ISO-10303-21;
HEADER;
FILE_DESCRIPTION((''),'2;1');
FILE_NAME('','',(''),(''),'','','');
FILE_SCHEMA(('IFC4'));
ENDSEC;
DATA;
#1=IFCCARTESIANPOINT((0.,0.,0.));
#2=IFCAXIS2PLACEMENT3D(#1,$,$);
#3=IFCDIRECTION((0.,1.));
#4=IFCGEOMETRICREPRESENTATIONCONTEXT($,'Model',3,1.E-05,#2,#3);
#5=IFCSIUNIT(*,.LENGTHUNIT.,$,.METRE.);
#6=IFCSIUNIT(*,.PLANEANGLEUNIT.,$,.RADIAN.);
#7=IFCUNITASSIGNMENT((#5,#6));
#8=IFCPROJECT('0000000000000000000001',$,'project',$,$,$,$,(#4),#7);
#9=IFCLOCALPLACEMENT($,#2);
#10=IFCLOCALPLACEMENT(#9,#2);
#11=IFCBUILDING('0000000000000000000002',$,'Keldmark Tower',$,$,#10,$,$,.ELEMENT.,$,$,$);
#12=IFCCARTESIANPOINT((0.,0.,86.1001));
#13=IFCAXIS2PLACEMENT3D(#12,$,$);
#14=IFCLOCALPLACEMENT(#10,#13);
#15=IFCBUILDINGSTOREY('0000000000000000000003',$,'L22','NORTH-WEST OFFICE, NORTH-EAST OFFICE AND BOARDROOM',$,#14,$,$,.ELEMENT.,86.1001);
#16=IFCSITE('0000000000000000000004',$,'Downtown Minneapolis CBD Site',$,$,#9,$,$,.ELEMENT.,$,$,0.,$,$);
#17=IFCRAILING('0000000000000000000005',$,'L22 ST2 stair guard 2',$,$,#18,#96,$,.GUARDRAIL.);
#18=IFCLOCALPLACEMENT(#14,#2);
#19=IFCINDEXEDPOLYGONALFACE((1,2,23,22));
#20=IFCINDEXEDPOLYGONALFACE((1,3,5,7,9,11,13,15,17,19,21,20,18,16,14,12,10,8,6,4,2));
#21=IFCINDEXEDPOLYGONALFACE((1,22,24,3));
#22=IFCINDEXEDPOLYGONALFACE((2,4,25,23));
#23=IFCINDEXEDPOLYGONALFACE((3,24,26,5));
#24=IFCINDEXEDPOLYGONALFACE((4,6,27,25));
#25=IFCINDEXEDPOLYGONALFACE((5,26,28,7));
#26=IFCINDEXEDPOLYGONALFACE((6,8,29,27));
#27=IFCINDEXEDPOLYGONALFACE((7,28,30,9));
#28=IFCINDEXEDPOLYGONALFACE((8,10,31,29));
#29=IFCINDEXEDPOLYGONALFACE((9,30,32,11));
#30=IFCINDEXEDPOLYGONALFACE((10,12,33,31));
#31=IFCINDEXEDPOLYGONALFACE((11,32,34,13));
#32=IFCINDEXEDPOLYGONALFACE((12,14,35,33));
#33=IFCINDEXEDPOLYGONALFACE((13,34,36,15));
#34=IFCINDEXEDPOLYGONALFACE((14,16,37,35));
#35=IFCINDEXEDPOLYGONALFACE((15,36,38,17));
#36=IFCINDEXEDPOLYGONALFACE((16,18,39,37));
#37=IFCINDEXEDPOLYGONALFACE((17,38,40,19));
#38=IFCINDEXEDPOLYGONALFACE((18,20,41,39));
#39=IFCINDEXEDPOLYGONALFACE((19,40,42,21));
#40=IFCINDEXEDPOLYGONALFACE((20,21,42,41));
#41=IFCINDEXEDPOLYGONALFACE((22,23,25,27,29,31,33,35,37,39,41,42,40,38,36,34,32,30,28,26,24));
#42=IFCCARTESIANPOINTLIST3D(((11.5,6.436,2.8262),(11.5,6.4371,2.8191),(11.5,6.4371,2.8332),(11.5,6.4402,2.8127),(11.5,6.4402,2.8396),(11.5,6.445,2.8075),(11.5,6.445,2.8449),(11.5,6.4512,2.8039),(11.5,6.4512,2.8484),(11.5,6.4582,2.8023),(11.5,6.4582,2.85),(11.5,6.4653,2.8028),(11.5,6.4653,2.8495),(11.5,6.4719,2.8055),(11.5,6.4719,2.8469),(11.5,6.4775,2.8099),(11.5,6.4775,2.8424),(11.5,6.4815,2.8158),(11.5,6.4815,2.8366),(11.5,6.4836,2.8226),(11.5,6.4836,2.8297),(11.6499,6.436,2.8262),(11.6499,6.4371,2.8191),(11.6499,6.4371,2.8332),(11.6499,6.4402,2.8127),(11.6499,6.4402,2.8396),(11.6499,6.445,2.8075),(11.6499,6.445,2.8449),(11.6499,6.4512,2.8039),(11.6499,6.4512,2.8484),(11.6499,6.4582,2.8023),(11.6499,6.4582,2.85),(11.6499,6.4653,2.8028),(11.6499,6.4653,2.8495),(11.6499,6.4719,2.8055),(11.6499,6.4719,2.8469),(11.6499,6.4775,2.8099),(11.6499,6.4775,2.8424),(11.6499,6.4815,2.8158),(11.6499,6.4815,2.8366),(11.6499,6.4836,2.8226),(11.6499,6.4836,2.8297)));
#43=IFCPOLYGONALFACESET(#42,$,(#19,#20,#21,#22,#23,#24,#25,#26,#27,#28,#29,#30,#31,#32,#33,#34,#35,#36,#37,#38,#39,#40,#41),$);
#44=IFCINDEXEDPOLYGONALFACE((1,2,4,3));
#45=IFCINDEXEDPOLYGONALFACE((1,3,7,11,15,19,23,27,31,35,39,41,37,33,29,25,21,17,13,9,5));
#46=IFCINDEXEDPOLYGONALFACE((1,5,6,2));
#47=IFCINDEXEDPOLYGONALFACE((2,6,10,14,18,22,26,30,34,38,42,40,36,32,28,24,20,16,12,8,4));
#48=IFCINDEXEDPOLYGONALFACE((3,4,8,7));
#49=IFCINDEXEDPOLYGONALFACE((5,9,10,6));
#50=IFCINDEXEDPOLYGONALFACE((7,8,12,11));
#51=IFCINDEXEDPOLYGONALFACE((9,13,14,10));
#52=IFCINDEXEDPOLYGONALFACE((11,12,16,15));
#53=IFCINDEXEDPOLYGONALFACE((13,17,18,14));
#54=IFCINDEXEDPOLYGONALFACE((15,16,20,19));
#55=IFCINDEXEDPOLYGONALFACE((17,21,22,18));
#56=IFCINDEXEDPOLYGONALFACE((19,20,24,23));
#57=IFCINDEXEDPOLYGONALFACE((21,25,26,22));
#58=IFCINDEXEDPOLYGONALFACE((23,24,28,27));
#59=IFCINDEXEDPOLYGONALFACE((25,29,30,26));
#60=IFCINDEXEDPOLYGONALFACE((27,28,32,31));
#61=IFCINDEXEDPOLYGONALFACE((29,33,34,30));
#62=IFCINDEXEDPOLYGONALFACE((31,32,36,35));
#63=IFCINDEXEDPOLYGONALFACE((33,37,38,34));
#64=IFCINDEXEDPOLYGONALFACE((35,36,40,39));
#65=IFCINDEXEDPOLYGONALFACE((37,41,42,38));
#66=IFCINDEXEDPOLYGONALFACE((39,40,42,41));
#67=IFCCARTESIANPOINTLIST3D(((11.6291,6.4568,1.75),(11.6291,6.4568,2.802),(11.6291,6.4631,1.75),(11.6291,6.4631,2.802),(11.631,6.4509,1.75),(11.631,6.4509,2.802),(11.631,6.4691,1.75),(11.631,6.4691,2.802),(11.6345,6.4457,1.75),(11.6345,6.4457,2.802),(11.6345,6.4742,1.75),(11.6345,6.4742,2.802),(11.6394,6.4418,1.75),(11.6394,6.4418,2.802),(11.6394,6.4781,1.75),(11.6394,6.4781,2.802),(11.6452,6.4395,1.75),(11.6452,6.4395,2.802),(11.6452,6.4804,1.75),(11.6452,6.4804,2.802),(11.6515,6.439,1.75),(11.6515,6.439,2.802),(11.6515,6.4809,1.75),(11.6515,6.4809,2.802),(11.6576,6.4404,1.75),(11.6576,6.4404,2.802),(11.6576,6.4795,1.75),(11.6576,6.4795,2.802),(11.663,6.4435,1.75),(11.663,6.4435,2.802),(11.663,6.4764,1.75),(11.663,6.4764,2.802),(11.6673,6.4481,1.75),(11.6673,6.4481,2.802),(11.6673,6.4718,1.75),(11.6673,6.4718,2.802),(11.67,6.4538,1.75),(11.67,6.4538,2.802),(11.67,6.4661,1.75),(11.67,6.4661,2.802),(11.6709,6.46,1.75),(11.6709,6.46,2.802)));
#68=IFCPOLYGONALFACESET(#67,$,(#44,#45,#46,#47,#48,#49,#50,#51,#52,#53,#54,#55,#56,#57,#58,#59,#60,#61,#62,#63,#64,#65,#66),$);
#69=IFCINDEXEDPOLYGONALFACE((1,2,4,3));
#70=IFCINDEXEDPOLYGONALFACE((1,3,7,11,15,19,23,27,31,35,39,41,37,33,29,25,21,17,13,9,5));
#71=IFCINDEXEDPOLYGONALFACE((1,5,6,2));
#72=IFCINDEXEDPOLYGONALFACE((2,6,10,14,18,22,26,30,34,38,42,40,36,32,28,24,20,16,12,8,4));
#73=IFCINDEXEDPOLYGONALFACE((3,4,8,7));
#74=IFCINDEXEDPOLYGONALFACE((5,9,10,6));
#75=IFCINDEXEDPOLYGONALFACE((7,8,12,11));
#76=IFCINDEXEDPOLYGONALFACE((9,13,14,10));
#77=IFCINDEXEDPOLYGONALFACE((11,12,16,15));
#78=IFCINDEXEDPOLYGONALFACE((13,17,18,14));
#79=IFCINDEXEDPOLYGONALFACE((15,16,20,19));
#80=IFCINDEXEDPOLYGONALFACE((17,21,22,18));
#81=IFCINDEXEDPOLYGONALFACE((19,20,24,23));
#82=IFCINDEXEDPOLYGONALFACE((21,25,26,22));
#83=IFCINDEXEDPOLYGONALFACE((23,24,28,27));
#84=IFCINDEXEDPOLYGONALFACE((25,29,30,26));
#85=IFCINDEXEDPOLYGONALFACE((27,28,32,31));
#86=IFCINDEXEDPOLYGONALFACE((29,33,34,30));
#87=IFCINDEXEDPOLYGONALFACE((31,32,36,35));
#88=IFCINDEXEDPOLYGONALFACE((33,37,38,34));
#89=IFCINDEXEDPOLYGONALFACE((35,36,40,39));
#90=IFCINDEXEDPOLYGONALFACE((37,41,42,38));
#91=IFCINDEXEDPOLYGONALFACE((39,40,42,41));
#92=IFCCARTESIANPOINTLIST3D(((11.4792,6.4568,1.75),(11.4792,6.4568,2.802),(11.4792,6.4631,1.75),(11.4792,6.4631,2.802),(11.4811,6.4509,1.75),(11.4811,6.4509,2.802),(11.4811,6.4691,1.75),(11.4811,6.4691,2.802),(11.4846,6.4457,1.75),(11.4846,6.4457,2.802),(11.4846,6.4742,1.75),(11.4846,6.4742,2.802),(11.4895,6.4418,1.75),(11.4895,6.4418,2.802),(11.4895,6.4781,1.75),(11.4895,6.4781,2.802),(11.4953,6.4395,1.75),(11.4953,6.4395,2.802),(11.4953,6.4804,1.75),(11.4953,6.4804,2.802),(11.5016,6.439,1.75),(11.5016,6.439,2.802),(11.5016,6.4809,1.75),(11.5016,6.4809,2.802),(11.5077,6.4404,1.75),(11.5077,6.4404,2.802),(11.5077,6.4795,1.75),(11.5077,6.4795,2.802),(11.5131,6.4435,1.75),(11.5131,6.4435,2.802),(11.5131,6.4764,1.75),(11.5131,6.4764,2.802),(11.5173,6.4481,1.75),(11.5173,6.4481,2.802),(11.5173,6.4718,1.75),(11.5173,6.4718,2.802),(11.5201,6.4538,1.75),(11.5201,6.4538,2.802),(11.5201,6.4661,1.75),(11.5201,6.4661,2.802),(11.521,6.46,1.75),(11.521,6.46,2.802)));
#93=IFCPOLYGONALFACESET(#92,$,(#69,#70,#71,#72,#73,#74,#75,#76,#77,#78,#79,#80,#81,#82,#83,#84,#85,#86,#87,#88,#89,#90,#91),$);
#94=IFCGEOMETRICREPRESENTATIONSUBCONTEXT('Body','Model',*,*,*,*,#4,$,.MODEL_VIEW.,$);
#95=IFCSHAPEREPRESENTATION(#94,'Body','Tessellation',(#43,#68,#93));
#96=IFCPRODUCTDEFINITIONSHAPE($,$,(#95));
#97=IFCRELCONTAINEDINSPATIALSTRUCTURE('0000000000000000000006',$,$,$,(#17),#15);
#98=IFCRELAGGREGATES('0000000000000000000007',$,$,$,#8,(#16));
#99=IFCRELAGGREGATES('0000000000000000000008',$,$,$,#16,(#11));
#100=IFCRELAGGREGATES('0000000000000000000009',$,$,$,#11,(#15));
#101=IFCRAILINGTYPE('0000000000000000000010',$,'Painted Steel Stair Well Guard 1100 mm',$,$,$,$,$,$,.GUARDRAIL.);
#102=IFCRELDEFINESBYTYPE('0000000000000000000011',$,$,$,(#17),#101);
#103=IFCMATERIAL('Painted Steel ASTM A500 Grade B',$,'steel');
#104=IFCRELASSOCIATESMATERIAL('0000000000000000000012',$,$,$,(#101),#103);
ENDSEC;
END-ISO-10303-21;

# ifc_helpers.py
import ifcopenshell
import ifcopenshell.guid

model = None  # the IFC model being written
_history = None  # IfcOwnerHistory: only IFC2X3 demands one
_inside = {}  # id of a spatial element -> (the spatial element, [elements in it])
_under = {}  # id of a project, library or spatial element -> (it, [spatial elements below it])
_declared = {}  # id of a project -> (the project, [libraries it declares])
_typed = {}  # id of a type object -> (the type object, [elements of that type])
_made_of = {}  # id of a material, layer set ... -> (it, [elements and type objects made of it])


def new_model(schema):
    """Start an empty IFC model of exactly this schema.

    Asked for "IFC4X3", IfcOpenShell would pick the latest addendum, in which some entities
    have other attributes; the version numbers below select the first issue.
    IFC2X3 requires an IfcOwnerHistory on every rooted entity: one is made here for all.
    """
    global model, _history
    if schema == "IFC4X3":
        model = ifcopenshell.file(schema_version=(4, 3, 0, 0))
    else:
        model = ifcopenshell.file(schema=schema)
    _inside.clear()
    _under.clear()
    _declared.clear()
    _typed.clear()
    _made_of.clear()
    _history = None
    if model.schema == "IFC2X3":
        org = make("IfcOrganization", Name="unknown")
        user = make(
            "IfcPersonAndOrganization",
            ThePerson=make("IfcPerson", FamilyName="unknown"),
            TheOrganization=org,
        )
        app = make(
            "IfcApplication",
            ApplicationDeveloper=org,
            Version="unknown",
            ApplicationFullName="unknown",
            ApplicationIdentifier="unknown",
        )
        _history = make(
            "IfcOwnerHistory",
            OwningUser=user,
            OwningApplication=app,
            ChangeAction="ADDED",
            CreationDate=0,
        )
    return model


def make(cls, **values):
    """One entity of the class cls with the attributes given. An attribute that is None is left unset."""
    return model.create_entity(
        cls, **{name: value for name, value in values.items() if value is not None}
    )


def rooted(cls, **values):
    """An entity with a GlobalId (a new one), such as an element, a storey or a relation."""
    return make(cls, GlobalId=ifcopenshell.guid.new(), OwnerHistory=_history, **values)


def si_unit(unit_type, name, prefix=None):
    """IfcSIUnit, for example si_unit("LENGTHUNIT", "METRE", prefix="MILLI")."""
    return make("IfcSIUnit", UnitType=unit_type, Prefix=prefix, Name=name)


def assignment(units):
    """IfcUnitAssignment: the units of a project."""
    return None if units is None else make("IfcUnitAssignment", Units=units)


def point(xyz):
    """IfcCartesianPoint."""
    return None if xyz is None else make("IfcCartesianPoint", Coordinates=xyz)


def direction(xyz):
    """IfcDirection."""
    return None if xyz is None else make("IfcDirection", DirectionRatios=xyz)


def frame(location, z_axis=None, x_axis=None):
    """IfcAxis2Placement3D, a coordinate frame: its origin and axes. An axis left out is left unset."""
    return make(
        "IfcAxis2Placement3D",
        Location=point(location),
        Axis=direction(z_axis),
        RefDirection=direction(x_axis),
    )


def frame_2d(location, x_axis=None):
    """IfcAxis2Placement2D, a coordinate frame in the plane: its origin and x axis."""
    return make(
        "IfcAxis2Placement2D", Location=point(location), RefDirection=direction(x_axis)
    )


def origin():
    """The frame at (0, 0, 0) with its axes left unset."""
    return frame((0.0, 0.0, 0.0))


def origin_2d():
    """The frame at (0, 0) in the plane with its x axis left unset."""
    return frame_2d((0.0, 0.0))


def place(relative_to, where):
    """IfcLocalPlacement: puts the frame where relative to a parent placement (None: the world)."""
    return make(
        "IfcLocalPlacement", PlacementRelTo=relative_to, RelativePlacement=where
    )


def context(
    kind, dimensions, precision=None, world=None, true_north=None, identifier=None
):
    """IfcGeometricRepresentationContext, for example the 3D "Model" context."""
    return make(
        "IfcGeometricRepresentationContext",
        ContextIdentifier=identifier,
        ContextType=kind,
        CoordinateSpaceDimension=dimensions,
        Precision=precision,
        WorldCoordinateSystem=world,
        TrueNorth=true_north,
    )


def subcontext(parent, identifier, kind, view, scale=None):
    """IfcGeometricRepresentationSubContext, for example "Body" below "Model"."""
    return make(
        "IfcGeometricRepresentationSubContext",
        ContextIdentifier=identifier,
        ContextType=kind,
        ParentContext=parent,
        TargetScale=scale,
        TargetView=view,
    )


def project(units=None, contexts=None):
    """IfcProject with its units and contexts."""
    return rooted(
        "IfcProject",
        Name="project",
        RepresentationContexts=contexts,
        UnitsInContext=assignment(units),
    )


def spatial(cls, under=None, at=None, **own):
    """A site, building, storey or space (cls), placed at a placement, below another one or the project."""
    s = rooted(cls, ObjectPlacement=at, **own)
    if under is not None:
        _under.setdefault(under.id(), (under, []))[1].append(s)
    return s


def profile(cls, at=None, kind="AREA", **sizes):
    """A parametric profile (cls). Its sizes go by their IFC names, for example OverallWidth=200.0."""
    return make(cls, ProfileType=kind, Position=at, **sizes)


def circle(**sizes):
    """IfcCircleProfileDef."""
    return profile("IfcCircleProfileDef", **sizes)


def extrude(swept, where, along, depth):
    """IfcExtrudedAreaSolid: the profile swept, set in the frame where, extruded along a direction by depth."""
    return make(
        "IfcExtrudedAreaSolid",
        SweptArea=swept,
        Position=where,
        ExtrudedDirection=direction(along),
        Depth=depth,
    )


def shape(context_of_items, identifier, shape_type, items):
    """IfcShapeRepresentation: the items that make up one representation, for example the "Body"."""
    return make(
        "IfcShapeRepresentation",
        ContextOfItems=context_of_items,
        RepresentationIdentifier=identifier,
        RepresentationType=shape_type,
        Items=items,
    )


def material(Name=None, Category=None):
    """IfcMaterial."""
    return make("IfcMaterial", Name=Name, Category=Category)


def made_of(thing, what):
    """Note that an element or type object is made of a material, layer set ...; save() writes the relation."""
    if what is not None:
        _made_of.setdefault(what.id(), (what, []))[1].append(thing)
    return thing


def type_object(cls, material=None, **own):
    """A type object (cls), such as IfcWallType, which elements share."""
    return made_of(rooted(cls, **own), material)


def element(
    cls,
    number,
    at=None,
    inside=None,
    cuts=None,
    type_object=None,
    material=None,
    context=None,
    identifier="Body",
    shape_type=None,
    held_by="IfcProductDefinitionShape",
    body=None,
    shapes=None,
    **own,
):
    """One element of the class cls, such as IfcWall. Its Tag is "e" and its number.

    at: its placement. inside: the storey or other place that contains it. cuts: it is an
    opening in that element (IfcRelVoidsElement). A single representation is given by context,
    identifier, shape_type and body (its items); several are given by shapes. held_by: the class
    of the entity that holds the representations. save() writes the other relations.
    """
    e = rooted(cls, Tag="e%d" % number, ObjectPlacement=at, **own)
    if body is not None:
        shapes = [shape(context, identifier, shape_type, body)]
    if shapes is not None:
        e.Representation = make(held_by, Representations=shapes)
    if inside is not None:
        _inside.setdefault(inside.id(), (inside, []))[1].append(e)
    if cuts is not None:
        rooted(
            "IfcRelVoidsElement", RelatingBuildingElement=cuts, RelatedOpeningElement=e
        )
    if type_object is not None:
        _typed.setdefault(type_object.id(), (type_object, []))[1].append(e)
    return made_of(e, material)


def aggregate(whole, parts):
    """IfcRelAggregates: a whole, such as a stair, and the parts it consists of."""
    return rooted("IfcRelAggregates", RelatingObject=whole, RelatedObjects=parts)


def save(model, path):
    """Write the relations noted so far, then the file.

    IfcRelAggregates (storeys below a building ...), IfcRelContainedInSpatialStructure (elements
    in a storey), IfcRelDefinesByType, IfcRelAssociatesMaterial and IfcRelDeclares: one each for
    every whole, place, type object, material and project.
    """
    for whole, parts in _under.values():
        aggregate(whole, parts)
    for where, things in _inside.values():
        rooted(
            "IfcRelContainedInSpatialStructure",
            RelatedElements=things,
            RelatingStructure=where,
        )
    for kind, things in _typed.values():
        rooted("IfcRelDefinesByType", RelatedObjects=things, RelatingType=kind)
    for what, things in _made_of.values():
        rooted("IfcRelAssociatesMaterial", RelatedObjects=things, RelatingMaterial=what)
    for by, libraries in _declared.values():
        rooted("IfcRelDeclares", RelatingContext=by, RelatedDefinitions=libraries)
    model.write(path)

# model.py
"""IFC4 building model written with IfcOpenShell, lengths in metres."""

from ifc_helpers import new_model, si_unit, direction, frame, origin, origin_2d, place, context, subcontext, project, spatial, circle, extrude, material, type_object, element, save


model = new_model("IFC4")

# Units and contexts
model_context = context("Model", 3, precision=1e-05, world=origin(), true_north=direction((0.0, 1.0)))
body_context = subcontext(model_context, "Body", "Model", "MODEL_VIEW")
ifc_project = project(units=[si_unit("LENGTHUNIT", "METRE"), si_unit("PLANEANGLEUNIT", "RADIAN")], contexts=[model_context])

# Site, building, storey
site_placement = place(None, origin())
site = spatial("IfcSite", under=ifc_project, at=site_placement, Name="Downtown Minneapolis CBD Site", CompositionType="ELEMENT", RefElevation=0.0)
building_placement = place(site_placement, origin())
building = spatial("IfcBuilding", under=site, at=building_placement, Name="Keldmark Tower", CompositionType="ELEMENT")
storey_placement = place(building_placement, frame((0.0, 0.0, 86.1001)))
storey = spatial("IfcBuildingStorey", under=building, at=storey_placement, Name="L22", Description="NORTH-WEST OFFICE, NORTH-EAST OFFICE AND BOARDROOM", CompositionType="ELEMENT", Elevation=86.1001)

# Railing
ifc_material_1 = material(Name="Painted Steel ASTM A500 Grade B", Category="steel")
railing_type_1 = type_object("IfcRailingType", Name="Painted Steel Stair Well Guard 1100 mm", PredefinedType="GUARDRAIL", material=ifc_material_1)
railing_1_placement = place(storey_placement, frame((11.6499, 6.46, 1.75)))
element("IfcRailing", 1, at=railing_1_placement, inside=storey, type_object=railing_type_1, Name="L22 ST2 stair guard 2", PredefinedType="GUARDRAIL", context=body_context, shape_type="SweptSolid", body=[
    extrude(circle(Radius=0.0239, at=origin_2d()), frame((0.0, 0.0, 1.0762), z_axis=(-1.0, 0.0, 0.0), x_axis=(0.0, -1.0, 0.0)), (0.0, 0.0, 1.0), 0.1499),
    extrude(circle(Radius=0.021, at=origin_2d()), origin(), (0.0, 0.0, 1.0), 1.052),
    extrude(circle(Radius=0.021, at=origin_2d()), frame((-0.1499, 0.0, 0.0)), (0.0, 0.0, 1.0), 1.052),
])

save(model, "model.ifc")
